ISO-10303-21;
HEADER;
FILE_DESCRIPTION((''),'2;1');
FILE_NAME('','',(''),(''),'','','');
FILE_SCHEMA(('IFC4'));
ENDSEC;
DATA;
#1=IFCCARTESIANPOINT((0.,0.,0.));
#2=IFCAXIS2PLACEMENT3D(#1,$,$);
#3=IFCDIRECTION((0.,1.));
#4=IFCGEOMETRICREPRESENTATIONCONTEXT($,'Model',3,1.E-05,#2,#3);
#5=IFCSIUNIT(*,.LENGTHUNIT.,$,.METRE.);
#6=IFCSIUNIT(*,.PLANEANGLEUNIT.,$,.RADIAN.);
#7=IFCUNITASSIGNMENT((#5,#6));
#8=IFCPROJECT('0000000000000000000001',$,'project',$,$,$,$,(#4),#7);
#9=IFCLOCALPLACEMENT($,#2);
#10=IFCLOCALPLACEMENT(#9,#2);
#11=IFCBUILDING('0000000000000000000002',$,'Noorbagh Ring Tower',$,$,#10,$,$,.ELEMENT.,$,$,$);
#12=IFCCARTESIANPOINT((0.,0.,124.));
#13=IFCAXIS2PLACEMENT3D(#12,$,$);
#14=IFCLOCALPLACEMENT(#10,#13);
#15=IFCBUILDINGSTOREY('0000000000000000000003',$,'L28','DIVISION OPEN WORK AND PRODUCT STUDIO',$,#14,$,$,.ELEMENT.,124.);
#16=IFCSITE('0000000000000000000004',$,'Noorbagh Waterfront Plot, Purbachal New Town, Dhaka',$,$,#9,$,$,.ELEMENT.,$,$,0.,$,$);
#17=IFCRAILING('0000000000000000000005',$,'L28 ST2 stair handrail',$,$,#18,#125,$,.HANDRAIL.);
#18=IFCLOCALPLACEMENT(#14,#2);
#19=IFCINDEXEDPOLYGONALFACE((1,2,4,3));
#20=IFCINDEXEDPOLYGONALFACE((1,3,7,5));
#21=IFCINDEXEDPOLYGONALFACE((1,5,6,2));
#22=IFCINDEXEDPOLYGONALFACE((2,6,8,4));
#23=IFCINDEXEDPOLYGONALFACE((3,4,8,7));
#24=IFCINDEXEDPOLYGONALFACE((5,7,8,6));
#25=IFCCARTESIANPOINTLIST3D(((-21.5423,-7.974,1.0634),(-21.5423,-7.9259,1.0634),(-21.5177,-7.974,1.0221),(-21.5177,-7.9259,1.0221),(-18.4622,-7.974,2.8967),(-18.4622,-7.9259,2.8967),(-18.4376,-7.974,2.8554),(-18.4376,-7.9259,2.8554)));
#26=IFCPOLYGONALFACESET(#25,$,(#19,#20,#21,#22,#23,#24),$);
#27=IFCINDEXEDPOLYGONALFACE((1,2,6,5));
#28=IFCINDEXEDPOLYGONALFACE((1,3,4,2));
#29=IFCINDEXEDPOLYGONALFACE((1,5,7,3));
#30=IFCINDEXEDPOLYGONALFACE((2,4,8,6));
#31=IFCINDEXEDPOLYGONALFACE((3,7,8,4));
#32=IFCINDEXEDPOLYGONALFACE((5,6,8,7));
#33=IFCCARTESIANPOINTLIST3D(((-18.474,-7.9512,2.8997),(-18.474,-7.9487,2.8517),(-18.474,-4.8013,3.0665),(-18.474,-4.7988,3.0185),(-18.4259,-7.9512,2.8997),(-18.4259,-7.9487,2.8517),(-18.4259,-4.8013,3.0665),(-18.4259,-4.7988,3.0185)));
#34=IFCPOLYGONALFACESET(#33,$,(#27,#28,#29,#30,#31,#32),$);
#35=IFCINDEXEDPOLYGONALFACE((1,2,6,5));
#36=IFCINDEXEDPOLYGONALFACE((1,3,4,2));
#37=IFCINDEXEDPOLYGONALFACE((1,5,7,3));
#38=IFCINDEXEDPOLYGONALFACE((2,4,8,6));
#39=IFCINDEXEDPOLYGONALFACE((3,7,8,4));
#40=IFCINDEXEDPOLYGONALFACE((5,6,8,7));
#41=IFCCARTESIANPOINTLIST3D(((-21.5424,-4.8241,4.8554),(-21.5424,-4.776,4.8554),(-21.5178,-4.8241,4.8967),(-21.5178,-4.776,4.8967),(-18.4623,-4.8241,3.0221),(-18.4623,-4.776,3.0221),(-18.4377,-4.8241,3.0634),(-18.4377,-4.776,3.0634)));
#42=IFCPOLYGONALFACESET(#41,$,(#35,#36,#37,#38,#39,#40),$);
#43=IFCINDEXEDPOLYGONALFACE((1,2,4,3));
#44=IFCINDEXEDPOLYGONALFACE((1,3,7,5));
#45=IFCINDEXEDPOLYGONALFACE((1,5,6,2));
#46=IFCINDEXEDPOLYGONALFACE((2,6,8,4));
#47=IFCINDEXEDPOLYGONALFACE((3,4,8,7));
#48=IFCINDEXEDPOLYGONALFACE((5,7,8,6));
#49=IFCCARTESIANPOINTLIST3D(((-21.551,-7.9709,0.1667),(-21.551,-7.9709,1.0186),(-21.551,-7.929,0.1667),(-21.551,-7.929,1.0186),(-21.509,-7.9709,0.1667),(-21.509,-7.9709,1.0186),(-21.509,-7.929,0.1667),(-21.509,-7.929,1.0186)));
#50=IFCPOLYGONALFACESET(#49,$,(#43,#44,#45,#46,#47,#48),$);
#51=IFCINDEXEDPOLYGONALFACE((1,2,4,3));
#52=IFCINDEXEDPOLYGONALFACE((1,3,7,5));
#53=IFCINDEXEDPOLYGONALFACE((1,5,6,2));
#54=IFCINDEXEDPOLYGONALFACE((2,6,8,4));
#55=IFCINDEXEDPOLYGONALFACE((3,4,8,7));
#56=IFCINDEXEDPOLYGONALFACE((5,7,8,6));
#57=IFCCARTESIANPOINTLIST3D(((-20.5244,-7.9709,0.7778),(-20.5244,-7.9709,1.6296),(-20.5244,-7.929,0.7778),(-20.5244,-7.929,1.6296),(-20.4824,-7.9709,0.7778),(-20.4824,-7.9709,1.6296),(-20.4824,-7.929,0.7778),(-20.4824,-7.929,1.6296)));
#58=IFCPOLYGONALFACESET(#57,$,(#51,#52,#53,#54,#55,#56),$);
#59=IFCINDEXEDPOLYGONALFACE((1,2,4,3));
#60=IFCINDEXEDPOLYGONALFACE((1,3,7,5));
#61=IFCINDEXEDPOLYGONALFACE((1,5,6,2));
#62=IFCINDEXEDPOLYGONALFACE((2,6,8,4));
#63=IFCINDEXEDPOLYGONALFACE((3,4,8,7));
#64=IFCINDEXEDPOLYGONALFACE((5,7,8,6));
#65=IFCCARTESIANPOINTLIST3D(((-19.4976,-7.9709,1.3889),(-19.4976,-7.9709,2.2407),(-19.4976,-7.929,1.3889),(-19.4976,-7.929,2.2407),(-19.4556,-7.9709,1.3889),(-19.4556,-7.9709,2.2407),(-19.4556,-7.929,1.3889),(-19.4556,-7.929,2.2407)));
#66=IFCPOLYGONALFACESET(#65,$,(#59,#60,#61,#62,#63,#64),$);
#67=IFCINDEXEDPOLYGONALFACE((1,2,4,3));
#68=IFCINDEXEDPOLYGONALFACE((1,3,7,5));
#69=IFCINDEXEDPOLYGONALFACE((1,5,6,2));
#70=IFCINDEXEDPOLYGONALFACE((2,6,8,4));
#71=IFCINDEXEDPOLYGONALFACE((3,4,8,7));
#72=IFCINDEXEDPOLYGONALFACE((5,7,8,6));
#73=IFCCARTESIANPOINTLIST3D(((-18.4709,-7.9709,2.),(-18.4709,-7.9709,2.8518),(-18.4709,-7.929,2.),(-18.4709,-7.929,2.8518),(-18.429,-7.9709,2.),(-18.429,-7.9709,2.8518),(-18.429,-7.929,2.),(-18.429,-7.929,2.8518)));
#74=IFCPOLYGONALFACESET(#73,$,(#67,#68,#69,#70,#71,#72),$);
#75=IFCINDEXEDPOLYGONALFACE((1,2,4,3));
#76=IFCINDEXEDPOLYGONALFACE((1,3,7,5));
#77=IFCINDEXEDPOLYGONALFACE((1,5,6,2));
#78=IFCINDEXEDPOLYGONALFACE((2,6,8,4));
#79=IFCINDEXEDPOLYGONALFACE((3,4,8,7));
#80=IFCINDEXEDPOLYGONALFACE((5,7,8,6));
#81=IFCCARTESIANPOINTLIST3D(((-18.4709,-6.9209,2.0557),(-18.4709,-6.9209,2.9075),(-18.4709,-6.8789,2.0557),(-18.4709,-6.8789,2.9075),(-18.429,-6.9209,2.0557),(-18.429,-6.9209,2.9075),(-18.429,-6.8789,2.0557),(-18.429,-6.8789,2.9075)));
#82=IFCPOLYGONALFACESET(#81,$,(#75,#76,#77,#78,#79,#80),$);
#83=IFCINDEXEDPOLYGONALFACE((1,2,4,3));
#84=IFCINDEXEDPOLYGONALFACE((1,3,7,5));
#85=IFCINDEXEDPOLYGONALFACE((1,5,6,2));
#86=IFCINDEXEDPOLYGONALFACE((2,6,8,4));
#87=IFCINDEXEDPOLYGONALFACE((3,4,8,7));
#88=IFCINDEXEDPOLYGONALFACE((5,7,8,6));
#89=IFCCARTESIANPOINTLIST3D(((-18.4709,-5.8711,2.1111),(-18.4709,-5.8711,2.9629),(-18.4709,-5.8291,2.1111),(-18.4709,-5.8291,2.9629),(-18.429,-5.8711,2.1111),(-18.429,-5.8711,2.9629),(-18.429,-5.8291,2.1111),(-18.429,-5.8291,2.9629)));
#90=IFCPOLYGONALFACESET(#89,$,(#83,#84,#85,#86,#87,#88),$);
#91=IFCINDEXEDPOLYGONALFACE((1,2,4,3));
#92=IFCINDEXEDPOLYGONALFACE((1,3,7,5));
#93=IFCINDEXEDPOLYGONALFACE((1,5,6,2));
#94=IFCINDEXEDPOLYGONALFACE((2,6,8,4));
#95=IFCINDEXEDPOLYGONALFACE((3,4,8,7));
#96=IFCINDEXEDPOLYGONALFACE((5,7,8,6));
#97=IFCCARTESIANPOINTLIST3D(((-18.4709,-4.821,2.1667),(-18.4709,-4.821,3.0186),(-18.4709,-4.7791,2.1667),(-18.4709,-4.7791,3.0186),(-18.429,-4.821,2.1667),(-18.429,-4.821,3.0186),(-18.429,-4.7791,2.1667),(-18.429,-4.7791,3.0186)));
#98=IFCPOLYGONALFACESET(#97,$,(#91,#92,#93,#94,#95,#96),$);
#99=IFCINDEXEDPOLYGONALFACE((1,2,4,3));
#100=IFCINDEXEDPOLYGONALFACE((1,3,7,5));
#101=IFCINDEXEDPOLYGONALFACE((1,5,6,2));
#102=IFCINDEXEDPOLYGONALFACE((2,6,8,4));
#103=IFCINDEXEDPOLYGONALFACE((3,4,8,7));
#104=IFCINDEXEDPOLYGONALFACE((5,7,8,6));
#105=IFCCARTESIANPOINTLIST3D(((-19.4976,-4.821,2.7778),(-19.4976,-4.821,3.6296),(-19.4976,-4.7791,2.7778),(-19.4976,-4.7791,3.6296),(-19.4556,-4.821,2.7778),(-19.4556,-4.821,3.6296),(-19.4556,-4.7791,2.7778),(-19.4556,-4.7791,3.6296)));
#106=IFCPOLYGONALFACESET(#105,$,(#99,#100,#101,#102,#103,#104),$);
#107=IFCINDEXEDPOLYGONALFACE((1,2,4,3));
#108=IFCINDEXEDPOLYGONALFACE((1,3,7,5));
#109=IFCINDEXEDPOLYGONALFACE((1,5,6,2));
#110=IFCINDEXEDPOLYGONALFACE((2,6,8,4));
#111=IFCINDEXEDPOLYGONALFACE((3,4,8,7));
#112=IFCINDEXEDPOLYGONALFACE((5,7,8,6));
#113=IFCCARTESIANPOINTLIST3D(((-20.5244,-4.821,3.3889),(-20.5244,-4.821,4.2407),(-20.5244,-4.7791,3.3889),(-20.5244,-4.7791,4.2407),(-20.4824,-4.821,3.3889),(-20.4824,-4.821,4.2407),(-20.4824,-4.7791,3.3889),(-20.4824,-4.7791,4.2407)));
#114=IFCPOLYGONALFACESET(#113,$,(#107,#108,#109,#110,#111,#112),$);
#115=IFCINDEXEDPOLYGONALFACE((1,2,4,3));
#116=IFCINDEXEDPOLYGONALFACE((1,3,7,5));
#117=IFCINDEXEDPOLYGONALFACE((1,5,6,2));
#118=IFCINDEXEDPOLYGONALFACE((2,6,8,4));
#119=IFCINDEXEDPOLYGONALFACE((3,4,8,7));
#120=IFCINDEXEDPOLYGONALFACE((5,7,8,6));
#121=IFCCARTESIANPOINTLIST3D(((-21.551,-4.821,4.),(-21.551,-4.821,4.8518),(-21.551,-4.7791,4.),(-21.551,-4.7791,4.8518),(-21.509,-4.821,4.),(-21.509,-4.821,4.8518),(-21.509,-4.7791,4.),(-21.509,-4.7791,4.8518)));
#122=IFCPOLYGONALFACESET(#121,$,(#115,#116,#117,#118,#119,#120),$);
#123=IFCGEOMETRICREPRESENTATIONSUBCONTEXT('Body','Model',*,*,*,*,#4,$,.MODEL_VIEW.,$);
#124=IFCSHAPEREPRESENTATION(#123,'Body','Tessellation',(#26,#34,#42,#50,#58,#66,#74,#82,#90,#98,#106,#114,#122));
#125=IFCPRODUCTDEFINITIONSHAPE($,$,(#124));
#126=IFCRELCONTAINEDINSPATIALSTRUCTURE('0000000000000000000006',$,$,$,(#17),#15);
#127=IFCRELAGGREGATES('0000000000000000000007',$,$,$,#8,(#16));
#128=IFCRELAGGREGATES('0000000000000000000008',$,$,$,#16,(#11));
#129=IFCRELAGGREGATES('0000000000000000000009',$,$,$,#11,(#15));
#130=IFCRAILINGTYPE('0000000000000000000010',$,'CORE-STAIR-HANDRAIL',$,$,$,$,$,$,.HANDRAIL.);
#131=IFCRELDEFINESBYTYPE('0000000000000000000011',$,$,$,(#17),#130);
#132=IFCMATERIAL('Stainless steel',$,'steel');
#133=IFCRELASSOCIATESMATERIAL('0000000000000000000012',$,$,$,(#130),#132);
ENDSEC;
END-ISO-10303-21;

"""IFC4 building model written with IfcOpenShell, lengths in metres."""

from ifc_helpers import new_model, si_unit, direction, frame, origin, origin_2d, place, context, subcontext, project, spatial, rectangle, extrude, material, type_object, element, save


model = new_model("IFC4")

# Units and contexts
model_context = context("Model", 3, precision=1e-05, world=origin(), true_north=direction((0.0, 1.0)))
body_context = subcontext(model_context, "Body", "Model", "MODEL_VIEW")
ifc_project = project(units=[si_unit("LENGTHUNIT", "METRE"), si_unit("PLANEANGLEUNIT", "RADIAN")], contexts=[model_context])

# Site, building, storey
site_placement = place(None, origin())
site = spatial("IfcSite", under=ifc_project, at=site_placement, Name="Noorbagh Waterfront Plot, Purbachal New Town, Dhaka", CompositionType="ELEMENT", RefElevation=0.0)
building_placement = place(site_placement, origin())
building = spatial("IfcBuilding", under=site, at=building_placement, Name="Noorbagh Ring Tower", CompositionType="ELEMENT")
storey_placement = place(building_placement, frame((0.0, 0.0, 124.0)))
storey = spatial("IfcBuildingStorey", under=building, at=storey_placement, Name="L28", Description="DIVISION OPEN WORK AND PRODUCT STUDIO", CompositionType="ELEMENT", Elevation=124.0)

# Railing
ifc_material_1 = material(Name="Stainless steel", Category="steel")
railing_type_1 = type_object("IfcRailingType", Name="CORE-STAIR-HANDRAIL", PredefinedType="HANDRAIL", material=ifc_material_1)
railing_1_placement = place(storey_placement, frame((-21.53, -7.95, 0.1667)))
element("IfcRailing", 1, at=railing_1_placement, inside=storey, type_object=railing_type_1, Name="L28 ST2 stair handrail", PredefinedType="HANDRAIL", context=body_context, shape_type="SweptSolid", body=[
    extrude(rectangle(XDim=0.0481, YDim=0.0481, at=origin_2d()), frame((0.0, 0.0, 0.876), z_axis=(0.859309, 0.0, 0.511458), x_axis=(0.0, 1.0, 0.0)), (0.0, 0.0, 1.0), 3.5845),
    extrude(rectangle(XDim=0.0481, YDim=0.0481, at=origin_2d()), frame((3.0801, 0.0, 2.709), z_axis=(0.0, 0.998602, 0.052864), x_axis=(-1.0, 0.0, 0.0)), (0.0, 0.0, 1.0), 3.1543),
    extrude(rectangle(XDim=0.0481, YDim=0.0481, at=origin_2d()), frame((3.0801, 3.1499, 2.876), z_axis=(-0.859309, 0.0, 0.511458), x_axis=(0.0, -1.0, 0.0)), (0.0, 0.0, 1.0), 3.5845),
    extrude(rectangle(XDim=0.042, YDim=0.042, at=origin_2d()), origin(), (0.0, 0.0, 1.0), 0.8518),
    extrude(rectangle(XDim=0.042, YDim=0.042, at=origin_2d()), frame((1.0266, 0.0, 0.6111)), (0.0, 0.0, 1.0), 0.8518),
    extrude(rectangle(XDim=0.042, YDim=0.042, at=origin_2d()), frame((2.0535, 0.0, 1.2222)), (0.0, 0.0, 1.0), 0.8518),
    extrude(rectangle(XDim=0.042, YDim=0.042, at=origin_2d()), frame((3.0801, 0.0, 1.8333)), (0.0, 0.0, 1.0), 0.8518),
    extrude(rectangle(XDim=0.042, YDim=0.042, at=origin_2d()), frame((3.0801, 1.05, 1.8889)), (0.0, 0.0, 1.0), 0.8518),
    extrude(rectangle(XDim=0.042, YDim=0.042, at=origin_2d()), frame((3.0801, 2.0999, 1.9443)), (0.0, 0.0, 1.0), 0.8518),
    extrude(rectangle(XDim=0.042, YDim=0.042, at=origin_2d()), frame((3.0801, 3.1499, 2.0)), (0.0, 0.0, 1.0), 0.8518),
    extrude(rectangle(XDim=0.042, YDim=0.042, at=origin_2d()), frame((2.0535, 3.1499, 2.6111)), (0.0, 0.0, 1.0), 0.8518),
    extrude(rectangle(XDim=0.042, YDim=0.042, at=origin_2d()), frame((1.0266, 3.1499, 3.2222)), (0.0, 0.0, 1.0), 0.8518),
    extrude(rectangle(XDim=0.042, YDim=0.042, at=origin_2d()), frame((0.0, 3.1499, 3.8333)), (0.0, 0.0, 1.0), 0.8518),
])

save(model, "model.ifc")
